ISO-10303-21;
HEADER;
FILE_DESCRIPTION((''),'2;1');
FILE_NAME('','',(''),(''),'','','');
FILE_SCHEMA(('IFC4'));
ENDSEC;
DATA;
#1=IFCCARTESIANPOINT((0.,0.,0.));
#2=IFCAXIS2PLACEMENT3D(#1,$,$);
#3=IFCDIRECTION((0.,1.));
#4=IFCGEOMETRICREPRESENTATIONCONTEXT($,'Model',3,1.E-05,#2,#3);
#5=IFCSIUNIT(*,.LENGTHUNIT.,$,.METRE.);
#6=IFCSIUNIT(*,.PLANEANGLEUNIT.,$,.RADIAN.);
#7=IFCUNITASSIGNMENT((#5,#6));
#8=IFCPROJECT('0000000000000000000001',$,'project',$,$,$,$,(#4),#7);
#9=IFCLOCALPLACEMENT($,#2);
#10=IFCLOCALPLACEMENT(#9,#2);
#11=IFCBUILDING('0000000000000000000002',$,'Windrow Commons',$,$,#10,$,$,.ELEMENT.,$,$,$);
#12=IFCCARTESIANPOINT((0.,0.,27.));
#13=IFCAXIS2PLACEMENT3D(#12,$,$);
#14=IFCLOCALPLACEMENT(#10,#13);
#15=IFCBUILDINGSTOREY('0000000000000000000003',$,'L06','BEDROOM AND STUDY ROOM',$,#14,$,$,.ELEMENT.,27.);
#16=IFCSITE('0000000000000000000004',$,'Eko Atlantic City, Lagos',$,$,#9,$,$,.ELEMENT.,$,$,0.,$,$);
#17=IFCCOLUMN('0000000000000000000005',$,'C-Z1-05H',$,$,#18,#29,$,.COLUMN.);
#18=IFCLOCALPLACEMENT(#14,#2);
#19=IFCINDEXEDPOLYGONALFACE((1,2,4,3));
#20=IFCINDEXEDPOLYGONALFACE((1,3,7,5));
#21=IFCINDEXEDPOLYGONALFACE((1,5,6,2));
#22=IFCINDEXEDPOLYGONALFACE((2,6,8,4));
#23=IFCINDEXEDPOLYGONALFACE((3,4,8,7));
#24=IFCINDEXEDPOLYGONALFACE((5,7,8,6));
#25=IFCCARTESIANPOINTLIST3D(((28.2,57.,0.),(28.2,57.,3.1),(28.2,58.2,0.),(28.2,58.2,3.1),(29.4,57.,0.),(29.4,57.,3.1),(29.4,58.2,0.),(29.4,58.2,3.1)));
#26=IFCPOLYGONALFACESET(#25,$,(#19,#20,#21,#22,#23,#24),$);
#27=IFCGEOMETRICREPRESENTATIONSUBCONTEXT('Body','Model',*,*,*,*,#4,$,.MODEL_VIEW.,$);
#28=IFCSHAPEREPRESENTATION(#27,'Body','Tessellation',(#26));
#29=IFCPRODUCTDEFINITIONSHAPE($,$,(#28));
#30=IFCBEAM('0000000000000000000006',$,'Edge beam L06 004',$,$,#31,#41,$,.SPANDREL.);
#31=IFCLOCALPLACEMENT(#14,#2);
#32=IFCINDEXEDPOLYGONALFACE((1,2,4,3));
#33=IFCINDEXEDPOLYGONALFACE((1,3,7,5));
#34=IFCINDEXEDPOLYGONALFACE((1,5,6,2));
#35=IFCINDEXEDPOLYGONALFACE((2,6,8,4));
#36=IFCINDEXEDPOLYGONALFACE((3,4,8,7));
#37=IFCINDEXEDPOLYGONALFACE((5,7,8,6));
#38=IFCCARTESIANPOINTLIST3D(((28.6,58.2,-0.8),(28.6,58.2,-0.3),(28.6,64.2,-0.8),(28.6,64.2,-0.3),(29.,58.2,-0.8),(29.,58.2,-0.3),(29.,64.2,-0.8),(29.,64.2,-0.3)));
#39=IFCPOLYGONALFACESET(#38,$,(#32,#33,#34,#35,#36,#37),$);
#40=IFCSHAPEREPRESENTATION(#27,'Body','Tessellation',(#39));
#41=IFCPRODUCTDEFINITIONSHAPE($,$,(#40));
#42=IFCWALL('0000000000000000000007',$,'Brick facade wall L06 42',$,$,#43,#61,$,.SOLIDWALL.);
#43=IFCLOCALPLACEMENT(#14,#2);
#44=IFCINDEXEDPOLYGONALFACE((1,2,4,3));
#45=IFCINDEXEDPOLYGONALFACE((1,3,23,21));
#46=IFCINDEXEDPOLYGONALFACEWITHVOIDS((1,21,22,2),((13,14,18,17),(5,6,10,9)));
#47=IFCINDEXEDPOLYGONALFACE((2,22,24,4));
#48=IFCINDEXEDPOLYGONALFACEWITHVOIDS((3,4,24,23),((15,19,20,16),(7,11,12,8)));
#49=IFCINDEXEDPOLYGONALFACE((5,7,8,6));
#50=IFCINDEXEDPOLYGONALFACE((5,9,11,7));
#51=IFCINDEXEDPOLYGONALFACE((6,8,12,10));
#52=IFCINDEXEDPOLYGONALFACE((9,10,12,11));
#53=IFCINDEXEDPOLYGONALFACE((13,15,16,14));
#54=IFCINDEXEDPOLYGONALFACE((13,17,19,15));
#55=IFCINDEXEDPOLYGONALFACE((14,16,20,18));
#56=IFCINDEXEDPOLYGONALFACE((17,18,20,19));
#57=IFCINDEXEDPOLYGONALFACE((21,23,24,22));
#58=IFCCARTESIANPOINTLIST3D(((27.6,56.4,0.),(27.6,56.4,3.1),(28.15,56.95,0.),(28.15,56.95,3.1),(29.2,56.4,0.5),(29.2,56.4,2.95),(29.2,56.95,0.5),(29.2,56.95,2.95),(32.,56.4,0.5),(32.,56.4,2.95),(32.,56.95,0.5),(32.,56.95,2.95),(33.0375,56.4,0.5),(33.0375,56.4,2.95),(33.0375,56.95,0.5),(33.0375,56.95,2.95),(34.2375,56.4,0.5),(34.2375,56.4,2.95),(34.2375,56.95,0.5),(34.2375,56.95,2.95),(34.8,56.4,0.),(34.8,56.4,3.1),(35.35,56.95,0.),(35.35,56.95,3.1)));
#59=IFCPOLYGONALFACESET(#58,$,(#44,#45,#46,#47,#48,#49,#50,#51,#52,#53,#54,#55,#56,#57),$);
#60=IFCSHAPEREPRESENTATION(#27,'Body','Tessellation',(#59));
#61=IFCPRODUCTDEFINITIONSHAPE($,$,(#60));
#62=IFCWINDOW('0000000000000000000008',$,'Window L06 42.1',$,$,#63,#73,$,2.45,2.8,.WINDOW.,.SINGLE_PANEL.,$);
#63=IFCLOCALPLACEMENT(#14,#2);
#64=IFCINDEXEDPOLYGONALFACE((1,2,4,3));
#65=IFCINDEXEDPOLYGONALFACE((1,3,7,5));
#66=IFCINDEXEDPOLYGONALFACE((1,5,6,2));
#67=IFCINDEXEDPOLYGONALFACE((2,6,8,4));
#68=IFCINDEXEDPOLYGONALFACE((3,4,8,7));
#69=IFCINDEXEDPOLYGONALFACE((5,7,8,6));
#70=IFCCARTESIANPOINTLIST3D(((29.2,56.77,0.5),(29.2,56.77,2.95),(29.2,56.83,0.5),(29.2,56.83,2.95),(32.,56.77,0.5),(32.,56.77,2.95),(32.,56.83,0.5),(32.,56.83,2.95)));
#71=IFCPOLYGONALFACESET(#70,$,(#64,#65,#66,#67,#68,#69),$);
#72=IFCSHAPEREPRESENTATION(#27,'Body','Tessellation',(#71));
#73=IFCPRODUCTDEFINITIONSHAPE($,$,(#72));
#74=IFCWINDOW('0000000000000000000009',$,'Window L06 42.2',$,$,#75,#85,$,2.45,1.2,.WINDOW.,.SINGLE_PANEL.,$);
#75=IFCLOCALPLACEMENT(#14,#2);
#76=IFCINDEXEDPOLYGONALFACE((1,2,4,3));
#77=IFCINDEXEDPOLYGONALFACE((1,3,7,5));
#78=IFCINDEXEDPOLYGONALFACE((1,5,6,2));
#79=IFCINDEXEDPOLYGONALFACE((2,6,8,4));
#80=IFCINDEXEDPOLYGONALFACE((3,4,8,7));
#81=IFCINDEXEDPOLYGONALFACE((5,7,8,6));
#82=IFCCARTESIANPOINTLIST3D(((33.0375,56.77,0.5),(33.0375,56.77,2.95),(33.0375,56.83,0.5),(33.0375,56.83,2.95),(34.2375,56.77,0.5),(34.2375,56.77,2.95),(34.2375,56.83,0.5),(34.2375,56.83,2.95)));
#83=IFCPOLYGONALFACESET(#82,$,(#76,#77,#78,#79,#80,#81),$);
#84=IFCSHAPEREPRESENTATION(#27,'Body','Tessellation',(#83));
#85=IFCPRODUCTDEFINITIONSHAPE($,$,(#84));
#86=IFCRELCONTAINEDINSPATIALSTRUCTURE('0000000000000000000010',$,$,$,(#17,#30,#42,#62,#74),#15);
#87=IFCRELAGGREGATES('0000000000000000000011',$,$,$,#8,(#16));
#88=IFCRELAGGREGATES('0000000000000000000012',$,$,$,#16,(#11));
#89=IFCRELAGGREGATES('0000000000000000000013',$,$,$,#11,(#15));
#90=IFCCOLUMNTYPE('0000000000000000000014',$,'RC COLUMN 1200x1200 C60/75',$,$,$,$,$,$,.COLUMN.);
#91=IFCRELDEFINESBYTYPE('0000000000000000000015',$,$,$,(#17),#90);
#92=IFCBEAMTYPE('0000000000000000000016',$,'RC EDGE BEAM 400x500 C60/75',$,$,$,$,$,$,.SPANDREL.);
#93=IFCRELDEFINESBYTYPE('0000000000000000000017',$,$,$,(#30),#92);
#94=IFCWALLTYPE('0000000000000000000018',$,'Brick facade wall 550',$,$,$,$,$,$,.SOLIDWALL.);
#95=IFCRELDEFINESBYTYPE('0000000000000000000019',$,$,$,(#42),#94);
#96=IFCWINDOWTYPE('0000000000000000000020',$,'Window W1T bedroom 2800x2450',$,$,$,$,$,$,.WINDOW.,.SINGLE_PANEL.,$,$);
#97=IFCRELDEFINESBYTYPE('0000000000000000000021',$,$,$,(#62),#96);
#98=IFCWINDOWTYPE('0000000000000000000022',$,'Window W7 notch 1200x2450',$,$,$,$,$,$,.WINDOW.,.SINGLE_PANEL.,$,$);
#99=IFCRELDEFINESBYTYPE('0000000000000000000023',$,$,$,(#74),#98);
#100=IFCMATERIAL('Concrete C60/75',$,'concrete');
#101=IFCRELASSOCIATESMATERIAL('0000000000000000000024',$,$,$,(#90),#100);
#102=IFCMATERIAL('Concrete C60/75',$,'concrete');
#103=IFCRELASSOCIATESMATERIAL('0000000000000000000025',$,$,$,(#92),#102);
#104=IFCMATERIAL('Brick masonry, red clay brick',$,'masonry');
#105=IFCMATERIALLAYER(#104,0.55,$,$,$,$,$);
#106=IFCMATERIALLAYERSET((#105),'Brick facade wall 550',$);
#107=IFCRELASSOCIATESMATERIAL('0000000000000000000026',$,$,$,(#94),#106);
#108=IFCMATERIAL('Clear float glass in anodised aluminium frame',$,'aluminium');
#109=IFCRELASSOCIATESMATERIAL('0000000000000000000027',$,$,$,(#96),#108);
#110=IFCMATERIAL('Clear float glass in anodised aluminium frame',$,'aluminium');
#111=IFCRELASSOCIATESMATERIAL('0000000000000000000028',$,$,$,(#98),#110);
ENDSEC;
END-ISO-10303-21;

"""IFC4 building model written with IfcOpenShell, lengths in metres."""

from ifc_helpers import new_model, si_unit, direction, frame, frame_2d, origin, origin_2d, place, context, subcontext, project, spatial, polyline, rectangle, outline, extrude, material, layer, layer_set, material_profile, profile_set, type_object, element, fill, save


model = new_model("IFC4")

# Units and contexts
model_context = context("Model", 3, precision=1e-05, world=origin(), true_north=direction((0.0, 1.0)))
body_context = subcontext(model_context, "Body", "Model", "MODEL_VIEW")
ifc_project = project(units=[si_unit("LENGTHUNIT", "METRE"), si_unit("PLANEANGLEUNIT", "RADIAN")], contexts=[model_context])

# Site, building, storey
site_placement = place(None, origin())
site = spatial("IfcSite", under=ifc_project, at=site_placement, Name="Eko Atlantic City, Lagos", CompositionType="ELEMENT", RefElevation=0.0)
building_placement = place(site_placement, origin())
building = spatial("IfcBuilding", under=site, at=building_placement, Name="Windrow Commons", CompositionType="ELEMENT")
storey_placement = place(building_placement, frame((0.0, 0.0, 27.0)))
storey = spatial("IfcBuildingStorey", under=building, at=storey_placement, Name="L06", Description="BEDROOM AND STUDY ROOM", CompositionType="ELEMENT", Elevation=27.0)

# Column
ifc_material_1 = material(Name="Concrete C60/75", Category="concrete")
ifc_material_profile_1 = material_profile(ifc_material_1, rectangle(XDim=1.2, YDim=1.2, at=origin_2d()))
ifc_profile_set_1 = profile_set([ifc_material_profile_1], Name="Concrete C60/75")
column_type = type_object("IfcColumnType", Name="RC COLUMN 1200x1200 C60/75", PredefinedType="COLUMN", material=ifc_profile_set_1)
column_placement = place(storey_placement, frame((28.8, 57.6, 0.0), z_axis=(0.0, 0.0, 1.0), x_axis=(1.0, 0.0, 0.0)))
element("IfcColumn", 1, at=column_placement, inside=storey, type_object=column_type, Name="C-Z1-05H", PredefinedType="COLUMN", context=body_context, shape_type="SweptSolid", body=[
    extrude(rectangle(XDim=1.2, YDim=1.2, at=origin_2d()), origin(), (0.0, 0.0, 1.0), 3.1),
])

# Beam
ifc_material_2 = material(Name="Concrete C60/75", Category="concrete")
ifc_material_profile_2 = material_profile(ifc_material_2, rectangle(XDim=0.4, YDim=0.5, at=origin_2d()))
ifc_profile_set_2 = profile_set([ifc_material_profile_2], Name="Concrete C60/75")
beam_type = type_object("IfcBeamType", Name="RC EDGE BEAM 400x500 C60/75", PredefinedType="SPANDREL", material=ifc_profile_set_2)
beam_placement = place(storey_placement, frame((28.8, 58.2, -0.55), z_axis=(0.0, 1.0, 0.0), x_axis=(-1.0, 0.0, 0.0)))
element("IfcBeam", 2, at=beam_placement, inside=storey, type_object=beam_type, Name="Edge beam L06 004", PredefinedType="SPANDREL", context=body_context, shape_type="SweptSolid", body=[
    extrude(rectangle(XDim=0.4, YDim=0.5, at=origin_2d()), origin(), (0.0, 0.0, 1.0), 6.0),
])

# Wall, openings, windows
ifc_material_3 = material(Name="Brick masonry, red clay brick", Category="masonry")
ifc_layer_1 = layer(ifc_material_3, 0.55)
ifc_layer_set_1 = layer_set([ifc_layer_1], Name="Brick facade wall 550")
wall_type_1 = type_object("IfcWallType", Name="Brick facade wall 550", PredefinedType="SOLIDWALL", material=ifc_layer_set_1)
wall_1_placement = place(storey_placement, frame((27.875, 56.675, 0.0), z_axis=(0.0, 0.0, 1.0), x_axis=(1.0, 0.0, 0.0)))
wall_1 = element("IfcWall", 3, at=wall_1_placement, inside=storey, type_object=wall_type_1, Name="Brick facade wall L06 42", PredefinedType="SOLIDWALL", context=body_context, shape_type="SweptSolid", body=[
    extrude(outline(polyline([(-0.275, -0.275), (6.925, -0.275), (7.475, 0.275), (0.275, 0.275), (-0.275, -0.275)])), origin(), (0.0, 0.0, 1.0), 3.1),
])
opening_1_placement = place(wall_1_placement, frame((1.325, 0.0, 0.5)))
opening_1 = element("IfcOpeningElement", 4, at=opening_1_placement, cuts=wall_1, PredefinedType="OPENING", context=body_context, shape_type="SweptSolid", body=[
    extrude(rectangle(XDim=2.8, YDim=2.45, at=frame_2d((1.4, 1.225))), frame((0.0, 0.285, 0.0), z_axis=(0.0, -1.0, 0.0), x_axis=(1.0, 0.0, 0.0)), (0.0, 0.0, 1.0), 0.57),
])
opening_2_placement = place(wall_1_placement, frame((5.1625, 0.0, 0.5)))
opening_2 = element("IfcOpeningElement", 5, at=opening_2_placement, cuts=wall_1, PredefinedType="OPENING", context=body_context, shape_type="SweptSolid", body=[
    extrude(rectangle(XDim=1.2, YDim=2.45, at=frame_2d((0.6, 1.225))), frame((0.0, 0.285, 0.0), z_axis=(0.0, -1.0, 0.0), x_axis=(1.0, 0.0, 0.0)), (0.0, 0.0, 1.0), 0.57),
])
ifc_material_4 = material(Name="Clear float glass in anodised aluminium frame", Category="aluminium")
window_type_1 = type_object("IfcWindowType", Name="Window W1T bedroom 2800x2450", PartitioningType="SINGLE_PANEL", PredefinedType="WINDOW", material=ifc_material_4)
window_1_placement = place(opening_1_placement, origin())
window_1 = element("IfcWindow", 6, at=window_1_placement, inside=storey, type_object=window_type_1, Name="Window L06 42.1", OverallHeight=2.45, OverallWidth=2.8, PartitioningType="SINGLE_PANEL", PredefinedType="WINDOW", context=body_context, shape_type="SweptSolid", body=[
    extrude(rectangle(XDim=2.8, YDim=2.45, at=frame_2d((1.4, 1.225))), frame((0.0, 0.155, 0.0), z_axis=(0.0, -1.0, 0.0), x_axis=(1.0, 0.0, 0.0)), (0.0, 0.0, 1.0), 0.06),
])
fill(opening_1, window_1)
ifc_material_5 = material(Name="Clear float glass in anodised aluminium frame", Category="aluminium")
window_type_2 = type_object("IfcWindowType", Name="Window W7 notch 1200x2450", PartitioningType="SINGLE_PANEL", PredefinedType="WINDOW", material=ifc_material_5)
window_2_placement = place(opening_2_placement, origin())
window_2 = element("IfcWindow", 7, at=window_2_placement, inside=storey, type_object=window_type_2, Name="Window L06 42.2", OverallHeight=2.45, OverallWidth=1.2, PartitioningType="SINGLE_PANEL", PredefinedType="WINDOW", context=body_context, shape_type="SweptSolid", body=[
    extrude(rectangle(XDim=1.2, YDim=2.45, at=frame_2d((0.6, 1.225))), frame((0.0, 0.155, 0.0), z_axis=(0.0, -1.0, 0.0), x_axis=(1.0, 0.0, 0.0)), (0.0, 0.0, 1.0), 0.06),
])
fill(opening_2, window_2)

save(model, "model.ifc")
